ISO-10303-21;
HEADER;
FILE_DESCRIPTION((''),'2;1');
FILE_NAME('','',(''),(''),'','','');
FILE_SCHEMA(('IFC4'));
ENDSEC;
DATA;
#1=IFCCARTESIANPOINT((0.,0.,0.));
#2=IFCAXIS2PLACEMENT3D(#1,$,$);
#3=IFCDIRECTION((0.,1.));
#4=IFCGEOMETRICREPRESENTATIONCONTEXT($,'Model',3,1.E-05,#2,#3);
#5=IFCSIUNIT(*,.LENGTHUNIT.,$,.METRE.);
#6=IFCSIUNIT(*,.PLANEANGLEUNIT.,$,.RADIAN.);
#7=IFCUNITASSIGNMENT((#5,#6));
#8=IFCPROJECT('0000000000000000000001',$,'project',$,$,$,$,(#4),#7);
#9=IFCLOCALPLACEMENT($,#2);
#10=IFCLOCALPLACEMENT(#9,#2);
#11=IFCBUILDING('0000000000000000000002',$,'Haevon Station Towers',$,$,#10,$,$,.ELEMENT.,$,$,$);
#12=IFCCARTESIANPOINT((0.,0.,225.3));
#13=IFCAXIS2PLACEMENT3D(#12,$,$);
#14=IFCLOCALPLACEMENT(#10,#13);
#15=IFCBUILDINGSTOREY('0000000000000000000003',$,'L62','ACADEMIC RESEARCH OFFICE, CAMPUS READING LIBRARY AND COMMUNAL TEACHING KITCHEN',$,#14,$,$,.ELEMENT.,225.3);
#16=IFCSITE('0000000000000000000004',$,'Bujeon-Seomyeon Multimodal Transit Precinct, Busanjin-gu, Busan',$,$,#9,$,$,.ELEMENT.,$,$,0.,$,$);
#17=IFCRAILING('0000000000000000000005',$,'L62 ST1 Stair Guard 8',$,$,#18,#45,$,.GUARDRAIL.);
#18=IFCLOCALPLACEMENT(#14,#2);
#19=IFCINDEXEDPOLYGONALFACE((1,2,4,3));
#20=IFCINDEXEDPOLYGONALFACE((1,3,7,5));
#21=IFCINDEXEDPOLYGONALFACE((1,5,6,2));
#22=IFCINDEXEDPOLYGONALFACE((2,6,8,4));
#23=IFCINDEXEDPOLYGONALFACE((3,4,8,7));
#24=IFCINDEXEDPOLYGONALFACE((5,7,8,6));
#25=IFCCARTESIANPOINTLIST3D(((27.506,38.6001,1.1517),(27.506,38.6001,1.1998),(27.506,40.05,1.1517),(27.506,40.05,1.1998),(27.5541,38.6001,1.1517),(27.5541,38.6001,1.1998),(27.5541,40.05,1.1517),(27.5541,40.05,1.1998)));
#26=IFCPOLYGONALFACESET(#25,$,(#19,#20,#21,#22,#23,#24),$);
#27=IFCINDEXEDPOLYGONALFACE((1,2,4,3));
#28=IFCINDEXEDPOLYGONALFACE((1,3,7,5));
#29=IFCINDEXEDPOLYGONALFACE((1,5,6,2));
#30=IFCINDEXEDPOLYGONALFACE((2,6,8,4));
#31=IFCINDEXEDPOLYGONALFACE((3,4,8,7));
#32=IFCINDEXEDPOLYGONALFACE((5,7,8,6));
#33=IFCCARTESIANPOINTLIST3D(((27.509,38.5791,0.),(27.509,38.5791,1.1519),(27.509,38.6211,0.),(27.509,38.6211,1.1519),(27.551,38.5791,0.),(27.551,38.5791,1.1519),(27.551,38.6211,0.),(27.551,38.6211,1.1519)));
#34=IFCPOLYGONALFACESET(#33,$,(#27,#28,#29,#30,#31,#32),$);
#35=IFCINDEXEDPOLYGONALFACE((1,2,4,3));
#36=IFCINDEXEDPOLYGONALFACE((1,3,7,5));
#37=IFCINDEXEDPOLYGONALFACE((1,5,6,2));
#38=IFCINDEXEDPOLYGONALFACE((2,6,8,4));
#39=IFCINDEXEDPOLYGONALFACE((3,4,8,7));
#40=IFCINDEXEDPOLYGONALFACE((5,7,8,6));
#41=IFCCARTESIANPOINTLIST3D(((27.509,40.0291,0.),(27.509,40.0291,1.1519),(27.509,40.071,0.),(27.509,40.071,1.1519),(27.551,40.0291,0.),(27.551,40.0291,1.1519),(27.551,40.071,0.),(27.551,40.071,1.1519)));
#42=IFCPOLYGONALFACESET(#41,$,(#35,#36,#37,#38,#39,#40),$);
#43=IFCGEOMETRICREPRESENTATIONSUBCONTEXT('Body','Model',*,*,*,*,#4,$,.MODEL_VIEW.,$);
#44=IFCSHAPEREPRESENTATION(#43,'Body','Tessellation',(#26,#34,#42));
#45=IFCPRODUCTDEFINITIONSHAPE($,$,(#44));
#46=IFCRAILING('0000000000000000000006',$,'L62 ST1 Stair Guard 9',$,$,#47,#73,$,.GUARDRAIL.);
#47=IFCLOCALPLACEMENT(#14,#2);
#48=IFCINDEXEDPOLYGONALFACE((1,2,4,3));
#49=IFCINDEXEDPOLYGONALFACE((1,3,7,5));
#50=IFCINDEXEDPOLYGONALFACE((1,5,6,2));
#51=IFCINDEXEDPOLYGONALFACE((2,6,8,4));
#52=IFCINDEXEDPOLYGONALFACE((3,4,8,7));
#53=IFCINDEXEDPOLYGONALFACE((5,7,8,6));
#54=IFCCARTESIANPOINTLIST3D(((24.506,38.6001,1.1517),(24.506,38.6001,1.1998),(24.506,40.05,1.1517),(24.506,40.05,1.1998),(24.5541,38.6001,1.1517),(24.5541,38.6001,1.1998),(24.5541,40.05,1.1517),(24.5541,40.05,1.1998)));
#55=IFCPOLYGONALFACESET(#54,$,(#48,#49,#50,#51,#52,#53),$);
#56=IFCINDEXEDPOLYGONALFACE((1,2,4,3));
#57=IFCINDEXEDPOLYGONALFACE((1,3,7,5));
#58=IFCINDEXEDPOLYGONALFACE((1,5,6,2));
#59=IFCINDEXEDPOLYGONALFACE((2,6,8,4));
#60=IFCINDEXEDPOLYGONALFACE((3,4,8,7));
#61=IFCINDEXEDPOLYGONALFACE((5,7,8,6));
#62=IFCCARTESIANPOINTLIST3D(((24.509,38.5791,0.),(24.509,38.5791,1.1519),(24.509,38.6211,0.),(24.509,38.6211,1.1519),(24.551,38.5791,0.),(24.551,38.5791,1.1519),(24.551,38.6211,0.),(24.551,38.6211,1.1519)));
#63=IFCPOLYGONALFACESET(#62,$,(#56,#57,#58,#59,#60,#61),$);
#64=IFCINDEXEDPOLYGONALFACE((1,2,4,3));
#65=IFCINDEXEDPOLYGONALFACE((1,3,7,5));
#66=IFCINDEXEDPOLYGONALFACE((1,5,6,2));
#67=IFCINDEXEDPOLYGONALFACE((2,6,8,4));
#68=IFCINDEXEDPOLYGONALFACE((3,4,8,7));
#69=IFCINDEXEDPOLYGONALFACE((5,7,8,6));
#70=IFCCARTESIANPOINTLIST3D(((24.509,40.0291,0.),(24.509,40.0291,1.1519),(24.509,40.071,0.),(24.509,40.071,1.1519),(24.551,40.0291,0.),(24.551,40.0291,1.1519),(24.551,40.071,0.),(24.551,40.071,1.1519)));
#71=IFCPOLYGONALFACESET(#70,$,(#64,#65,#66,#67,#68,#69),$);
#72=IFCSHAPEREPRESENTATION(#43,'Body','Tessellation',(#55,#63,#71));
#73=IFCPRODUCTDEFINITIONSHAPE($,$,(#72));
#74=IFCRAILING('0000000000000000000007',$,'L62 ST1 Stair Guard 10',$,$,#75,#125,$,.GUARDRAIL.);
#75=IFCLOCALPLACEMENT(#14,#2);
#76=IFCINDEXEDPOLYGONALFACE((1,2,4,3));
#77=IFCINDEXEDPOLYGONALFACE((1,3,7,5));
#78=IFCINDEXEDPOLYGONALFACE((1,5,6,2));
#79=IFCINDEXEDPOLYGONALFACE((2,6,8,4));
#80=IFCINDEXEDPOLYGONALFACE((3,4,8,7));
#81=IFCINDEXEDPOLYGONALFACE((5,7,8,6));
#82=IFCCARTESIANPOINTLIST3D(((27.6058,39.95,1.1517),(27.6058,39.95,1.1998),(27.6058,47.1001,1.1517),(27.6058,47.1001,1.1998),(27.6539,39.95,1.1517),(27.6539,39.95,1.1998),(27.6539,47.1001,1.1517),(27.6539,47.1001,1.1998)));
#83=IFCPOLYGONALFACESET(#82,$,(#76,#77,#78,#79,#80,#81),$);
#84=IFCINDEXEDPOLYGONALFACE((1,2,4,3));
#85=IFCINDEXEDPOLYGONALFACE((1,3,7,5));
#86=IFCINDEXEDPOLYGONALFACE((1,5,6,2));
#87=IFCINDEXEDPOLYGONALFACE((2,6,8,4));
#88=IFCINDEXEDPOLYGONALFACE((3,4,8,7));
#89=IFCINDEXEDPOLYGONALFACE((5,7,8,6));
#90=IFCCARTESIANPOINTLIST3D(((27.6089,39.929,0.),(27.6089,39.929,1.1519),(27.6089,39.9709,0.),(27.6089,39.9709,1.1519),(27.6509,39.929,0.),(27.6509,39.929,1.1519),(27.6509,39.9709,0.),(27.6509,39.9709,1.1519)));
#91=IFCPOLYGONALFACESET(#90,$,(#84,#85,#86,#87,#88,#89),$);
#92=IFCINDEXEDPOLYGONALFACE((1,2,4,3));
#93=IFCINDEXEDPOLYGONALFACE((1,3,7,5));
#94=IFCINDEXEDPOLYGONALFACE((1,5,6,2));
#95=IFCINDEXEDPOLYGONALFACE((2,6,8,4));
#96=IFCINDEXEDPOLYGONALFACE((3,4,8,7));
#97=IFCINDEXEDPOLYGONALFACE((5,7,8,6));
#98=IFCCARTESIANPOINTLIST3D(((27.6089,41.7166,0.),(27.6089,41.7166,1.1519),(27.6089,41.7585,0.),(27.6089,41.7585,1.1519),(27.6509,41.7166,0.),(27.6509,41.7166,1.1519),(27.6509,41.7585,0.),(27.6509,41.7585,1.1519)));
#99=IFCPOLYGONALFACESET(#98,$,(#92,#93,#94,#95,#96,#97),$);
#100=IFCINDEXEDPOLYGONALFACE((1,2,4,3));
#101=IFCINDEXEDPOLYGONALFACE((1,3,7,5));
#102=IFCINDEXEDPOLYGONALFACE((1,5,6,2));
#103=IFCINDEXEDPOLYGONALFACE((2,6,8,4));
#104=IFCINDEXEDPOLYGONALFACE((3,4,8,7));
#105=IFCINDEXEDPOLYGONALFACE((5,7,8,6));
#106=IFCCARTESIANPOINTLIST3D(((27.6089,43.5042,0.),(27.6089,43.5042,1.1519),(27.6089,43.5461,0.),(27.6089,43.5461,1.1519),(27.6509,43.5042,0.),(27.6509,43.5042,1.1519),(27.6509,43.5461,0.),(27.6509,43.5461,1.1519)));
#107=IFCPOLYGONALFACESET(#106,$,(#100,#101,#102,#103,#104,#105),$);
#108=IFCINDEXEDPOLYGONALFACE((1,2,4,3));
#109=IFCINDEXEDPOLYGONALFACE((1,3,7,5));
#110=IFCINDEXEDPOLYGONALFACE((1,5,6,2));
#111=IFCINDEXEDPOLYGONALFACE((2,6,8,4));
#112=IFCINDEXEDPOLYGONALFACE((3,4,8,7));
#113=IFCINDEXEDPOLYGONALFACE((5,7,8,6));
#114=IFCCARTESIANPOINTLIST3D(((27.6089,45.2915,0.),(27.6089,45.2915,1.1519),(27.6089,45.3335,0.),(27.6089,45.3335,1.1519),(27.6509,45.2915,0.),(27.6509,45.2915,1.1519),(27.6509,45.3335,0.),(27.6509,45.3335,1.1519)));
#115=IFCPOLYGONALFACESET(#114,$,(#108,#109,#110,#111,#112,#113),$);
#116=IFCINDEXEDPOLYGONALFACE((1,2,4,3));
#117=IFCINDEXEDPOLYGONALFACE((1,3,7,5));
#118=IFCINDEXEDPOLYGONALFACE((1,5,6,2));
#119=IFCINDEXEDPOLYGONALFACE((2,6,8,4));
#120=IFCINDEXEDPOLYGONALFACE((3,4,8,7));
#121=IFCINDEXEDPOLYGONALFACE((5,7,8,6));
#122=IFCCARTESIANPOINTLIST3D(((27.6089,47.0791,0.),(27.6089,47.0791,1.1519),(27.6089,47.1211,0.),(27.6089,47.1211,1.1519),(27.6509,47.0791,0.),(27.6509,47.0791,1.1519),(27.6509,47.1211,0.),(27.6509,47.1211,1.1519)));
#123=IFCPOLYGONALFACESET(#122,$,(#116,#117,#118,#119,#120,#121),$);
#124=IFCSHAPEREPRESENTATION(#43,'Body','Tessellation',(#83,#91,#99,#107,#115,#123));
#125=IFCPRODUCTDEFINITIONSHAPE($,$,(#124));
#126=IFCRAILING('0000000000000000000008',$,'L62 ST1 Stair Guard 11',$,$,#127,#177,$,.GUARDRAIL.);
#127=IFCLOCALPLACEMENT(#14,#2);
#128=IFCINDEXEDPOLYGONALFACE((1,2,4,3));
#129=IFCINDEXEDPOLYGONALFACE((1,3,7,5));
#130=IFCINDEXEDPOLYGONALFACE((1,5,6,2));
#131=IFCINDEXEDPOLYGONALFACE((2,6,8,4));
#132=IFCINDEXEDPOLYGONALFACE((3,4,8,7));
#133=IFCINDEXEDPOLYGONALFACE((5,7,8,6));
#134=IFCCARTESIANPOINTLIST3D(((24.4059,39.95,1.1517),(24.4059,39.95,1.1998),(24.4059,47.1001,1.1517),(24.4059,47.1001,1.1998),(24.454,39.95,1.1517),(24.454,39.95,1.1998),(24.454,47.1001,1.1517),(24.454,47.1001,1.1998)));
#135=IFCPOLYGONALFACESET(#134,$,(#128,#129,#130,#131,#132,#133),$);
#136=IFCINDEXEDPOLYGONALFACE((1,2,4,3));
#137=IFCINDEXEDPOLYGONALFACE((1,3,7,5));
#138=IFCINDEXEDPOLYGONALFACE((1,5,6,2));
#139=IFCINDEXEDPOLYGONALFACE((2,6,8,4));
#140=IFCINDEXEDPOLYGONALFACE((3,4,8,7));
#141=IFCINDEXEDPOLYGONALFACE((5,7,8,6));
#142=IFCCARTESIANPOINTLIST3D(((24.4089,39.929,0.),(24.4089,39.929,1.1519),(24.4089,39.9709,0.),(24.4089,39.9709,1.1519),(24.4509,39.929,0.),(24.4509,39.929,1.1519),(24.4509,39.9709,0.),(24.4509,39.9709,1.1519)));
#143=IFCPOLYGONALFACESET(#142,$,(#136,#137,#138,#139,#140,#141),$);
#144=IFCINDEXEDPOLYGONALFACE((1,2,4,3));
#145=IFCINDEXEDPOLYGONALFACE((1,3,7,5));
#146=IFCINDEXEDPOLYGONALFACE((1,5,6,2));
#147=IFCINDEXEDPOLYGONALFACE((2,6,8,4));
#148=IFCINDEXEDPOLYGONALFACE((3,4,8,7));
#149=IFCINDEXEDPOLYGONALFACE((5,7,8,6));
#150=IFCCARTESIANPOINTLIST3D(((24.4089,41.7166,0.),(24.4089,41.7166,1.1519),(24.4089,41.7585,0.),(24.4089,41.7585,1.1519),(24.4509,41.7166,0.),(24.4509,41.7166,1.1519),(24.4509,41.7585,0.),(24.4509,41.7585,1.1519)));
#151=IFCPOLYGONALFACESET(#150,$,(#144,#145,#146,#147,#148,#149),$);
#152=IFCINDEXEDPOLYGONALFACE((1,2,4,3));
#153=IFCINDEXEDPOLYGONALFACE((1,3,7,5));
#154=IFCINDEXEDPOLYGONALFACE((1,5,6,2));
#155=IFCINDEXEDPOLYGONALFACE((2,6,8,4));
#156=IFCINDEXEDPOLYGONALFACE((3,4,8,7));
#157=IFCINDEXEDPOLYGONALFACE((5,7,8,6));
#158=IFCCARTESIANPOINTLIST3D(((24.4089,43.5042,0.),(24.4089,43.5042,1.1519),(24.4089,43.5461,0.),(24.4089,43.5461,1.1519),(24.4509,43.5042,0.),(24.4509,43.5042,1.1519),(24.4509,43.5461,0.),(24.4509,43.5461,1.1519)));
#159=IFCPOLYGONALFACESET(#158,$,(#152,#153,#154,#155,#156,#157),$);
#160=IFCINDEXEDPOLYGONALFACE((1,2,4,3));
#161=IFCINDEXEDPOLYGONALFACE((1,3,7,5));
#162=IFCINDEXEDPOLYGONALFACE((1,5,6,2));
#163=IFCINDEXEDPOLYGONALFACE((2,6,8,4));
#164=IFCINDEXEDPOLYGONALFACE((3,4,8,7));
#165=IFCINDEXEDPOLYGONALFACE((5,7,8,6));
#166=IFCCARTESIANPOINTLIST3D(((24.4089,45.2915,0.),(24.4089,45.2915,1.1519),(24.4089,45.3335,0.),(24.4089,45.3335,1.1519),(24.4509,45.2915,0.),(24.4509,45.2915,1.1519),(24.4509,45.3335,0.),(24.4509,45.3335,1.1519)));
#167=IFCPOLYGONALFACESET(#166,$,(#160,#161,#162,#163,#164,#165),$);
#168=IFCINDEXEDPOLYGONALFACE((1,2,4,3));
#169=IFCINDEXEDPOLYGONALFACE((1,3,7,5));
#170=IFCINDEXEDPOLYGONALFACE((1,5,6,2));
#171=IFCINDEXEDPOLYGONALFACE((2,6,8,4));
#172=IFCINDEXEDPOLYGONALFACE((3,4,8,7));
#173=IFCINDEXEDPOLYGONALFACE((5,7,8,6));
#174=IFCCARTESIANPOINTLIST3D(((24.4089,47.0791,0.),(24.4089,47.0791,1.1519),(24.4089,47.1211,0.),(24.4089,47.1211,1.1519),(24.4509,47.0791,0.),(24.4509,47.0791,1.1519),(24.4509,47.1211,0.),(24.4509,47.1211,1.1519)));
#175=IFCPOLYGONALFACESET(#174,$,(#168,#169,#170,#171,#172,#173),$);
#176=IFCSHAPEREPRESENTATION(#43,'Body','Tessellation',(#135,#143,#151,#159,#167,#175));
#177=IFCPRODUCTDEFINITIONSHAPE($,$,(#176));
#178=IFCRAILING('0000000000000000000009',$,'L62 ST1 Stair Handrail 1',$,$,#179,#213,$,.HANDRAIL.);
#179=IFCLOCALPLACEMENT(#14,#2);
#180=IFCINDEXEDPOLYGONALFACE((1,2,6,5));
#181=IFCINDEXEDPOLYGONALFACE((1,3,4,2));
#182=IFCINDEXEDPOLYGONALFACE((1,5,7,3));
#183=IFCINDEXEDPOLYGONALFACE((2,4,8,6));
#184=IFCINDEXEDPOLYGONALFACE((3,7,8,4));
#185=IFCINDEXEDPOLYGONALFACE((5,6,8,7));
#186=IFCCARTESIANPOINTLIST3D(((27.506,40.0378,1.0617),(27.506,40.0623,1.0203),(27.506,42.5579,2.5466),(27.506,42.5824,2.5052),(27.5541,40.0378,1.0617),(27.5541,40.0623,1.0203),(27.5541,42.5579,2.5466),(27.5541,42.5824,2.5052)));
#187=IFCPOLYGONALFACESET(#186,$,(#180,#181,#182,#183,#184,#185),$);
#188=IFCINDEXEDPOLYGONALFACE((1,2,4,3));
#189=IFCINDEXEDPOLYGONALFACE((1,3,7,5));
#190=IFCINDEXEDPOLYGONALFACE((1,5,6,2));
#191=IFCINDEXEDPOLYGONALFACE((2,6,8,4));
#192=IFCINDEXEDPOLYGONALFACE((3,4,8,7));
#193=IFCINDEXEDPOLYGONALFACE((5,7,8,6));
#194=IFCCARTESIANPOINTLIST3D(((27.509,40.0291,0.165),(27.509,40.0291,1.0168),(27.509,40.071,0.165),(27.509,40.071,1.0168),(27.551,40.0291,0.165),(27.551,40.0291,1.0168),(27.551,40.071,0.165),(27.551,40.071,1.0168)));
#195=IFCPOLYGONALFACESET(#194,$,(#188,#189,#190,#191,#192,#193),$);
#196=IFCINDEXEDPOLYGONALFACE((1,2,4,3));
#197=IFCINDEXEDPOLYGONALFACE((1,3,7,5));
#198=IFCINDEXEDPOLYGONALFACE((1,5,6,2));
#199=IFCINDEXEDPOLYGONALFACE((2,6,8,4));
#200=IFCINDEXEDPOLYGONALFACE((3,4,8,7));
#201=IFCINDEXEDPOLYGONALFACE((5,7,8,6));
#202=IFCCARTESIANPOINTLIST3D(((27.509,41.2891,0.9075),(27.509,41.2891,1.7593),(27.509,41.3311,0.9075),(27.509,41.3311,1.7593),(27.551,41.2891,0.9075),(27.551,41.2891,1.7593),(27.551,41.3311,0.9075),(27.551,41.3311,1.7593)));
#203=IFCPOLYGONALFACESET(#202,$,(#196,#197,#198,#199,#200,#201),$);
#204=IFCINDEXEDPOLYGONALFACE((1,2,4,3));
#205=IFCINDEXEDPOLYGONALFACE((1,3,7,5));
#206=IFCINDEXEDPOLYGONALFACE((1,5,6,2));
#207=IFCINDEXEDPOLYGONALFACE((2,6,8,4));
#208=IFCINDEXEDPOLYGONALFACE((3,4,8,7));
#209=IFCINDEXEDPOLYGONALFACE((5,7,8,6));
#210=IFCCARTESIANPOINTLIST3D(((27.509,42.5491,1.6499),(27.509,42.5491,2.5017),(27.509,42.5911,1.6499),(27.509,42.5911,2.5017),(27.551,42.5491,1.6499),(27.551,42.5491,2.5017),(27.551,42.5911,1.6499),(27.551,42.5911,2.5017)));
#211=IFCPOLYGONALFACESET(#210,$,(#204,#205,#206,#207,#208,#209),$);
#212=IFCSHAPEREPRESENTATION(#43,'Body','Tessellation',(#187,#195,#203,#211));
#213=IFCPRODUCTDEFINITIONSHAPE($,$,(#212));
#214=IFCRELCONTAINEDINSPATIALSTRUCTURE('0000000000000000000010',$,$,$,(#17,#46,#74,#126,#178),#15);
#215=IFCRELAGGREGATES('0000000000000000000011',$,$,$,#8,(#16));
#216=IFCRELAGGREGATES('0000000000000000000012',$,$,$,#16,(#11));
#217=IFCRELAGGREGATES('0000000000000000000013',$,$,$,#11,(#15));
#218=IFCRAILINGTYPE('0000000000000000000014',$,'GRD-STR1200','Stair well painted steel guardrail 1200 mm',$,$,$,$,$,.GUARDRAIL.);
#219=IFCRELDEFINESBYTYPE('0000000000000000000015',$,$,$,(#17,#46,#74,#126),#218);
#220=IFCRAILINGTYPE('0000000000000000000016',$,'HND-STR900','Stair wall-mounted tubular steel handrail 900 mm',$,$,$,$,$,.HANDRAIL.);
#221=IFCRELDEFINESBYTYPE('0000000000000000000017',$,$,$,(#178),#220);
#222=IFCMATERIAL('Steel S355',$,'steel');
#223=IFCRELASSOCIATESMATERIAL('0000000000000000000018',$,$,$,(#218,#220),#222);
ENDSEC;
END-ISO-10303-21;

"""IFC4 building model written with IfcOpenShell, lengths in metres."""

from ifc_helpers import new_model, si_unit, direction, frame, origin, origin_2d, place, context, subcontext, project, spatial, rectangle, extrude, material, type_object, element, save


model = new_model("IFC4")

# Units and contexts
model_context = context("Model", 3, precision=1e-05, world=origin(), true_north=direction((0.0, 1.0)))
body_context = subcontext(model_context, "Body", "Model", "MODEL_VIEW")
ifc_project = project(units=[si_unit("LENGTHUNIT", "METRE"), si_unit("PLANEANGLEUNIT", "RADIAN")], contexts=[model_context])

# Site, building, storey
site_placement = place(None, origin())
site = spatial("IfcSite", under=ifc_project, at=site_placement, Name="Bujeon-Seomyeon Multimodal Transit Precinct, Busanjin-gu, Busan", CompositionType="ELEMENT", RefElevation=0.0)
building_placement = place(site_placement, origin())
building = spatial("IfcBuilding", under=site, at=building_placement, Name="Haevon Station Towers", CompositionType="ELEMENT")
storey_placement = place(building_placement, frame((0.0, 0.0, 225.3)))
storey = spatial("IfcBuildingStorey", under=building, at=storey_placement, Name="L62", Description="ACADEMIC RESEARCH OFFICE, CAMPUS READING LIBRARY AND COMMUNAL TEACHING KITCHEN", CompositionType="ELEMENT", Elevation=225.3)

# Railings
ifc_material_1 = material(Name="Steel S355", Category="steel")
railing_type_1 = type_object("IfcRailingType", Name="GRD-STR1200", Description="Stair well painted steel guardrail 1200 mm", PredefinedType="GUARDRAIL", material=ifc_material_1)
for number, where, name in (
    (1, (27.53, 38.6001, 0.0), "L62 ST1 Stair Guard 8"),
    (2, (24.53, 38.6001, 0.0), "L62 ST1 Stair Guard 9"),
):
    element("IfcRailing", number, at=place(storey_placement, frame(where)), inside=storey, type_object=railing_type_1, Name=name, PredefinedType="GUARDRAIL", context=body_context, shape_type="SweptSolid", body=[
        extrude(rectangle(XDim=0.0481, YDim=0.0481, at=origin_2d()), frame((0.0, 0.0, 1.1758), z_axis=(0.0, 1.0, 0.0), x_axis=(-1.0, 0.0, 0.0)), (0.0, 0.0, 1.0), 1.45),
        extrude(rectangle(XDim=0.042, YDim=0.042, at=origin_2d()), origin(), (0.0, 0.0, 1.0), 1.1519),
        extrude(rectangle(XDim=0.042, YDim=0.042, at=origin_2d()), frame((0.0, 1.45, 0.0)), (0.0, 0.0, 1.0), 1.1519),
    ])
for number, where, name in (
    (3, (27.6299, 39.95, 0.0), "L62 ST1 Stair Guard 10"),
    (4, (24.4299, 39.95, 0.0), "L62 ST1 Stair Guard 11"),
):
    element("IfcRailing", number, at=place(storey_placement, frame(where)), inside=storey, type_object=railing_type_1, Name=name, PredefinedType="GUARDRAIL", context=body_context, shape_type="SweptSolid", body=[
        extrude(rectangle(XDim=0.0481, YDim=0.0481, at=origin_2d()), frame((0.0, 0.0, 1.1758), z_axis=(0.0, 1.0, 0.0), x_axis=(-1.0, 0.0, 0.0)), (0.0, 0.0, 1.0), 7.1501),
        extrude(rectangle(XDim=0.042, YDim=0.042, at=origin_2d()), origin(), (0.0, 0.0, 1.0), 1.1519),
        extrude(rectangle(XDim=0.042, YDim=0.042, at=origin_2d()), frame((0.0, 1.7876, 0.0)), (0.0, 0.0, 1.0), 1.1519),
        extrude(rectangle(XDim=0.042, YDim=0.042, at=origin_2d()), frame((0.0, 3.5752, 0.0)), (0.0, 0.0, 1.0), 1.1519),
        extrude(rectangle(XDim=0.042, YDim=0.042, at=origin_2d()), frame((0.0, 5.3625, 0.0)), (0.0, 0.0, 1.0), 1.1519),
        extrude(rectangle(XDim=0.042, YDim=0.042, at=origin_2d()), frame((0.0, 7.1501, 0.0)), (0.0, 0.0, 1.0), 1.1519),
    ])
railing_type_2 = type_object("IfcRailingType", Name="HND-STR900", Description="Stair wall-mounted tubular steel handrail 900 mm", PredefinedType="HANDRAIL", material=ifc_material_1)
railing_1_placement = place(storey_placement, frame((27.53, 40.05, 0.165)))
element("IfcRailing", 5, at=railing_1_placement, inside=storey, type_object=railing_type_2, Name="L62 ST1 Stair Handrail 1", PredefinedType="HANDRAIL", context=body_context, shape_type="SweptSolid", body=[
    extrude(rectangle(XDim=0.0481, YDim=0.0481, at=origin_2d()), frame((0.0, 0.0, 0.876), z_axis=(0.0, 0.861561, 0.507655), x_axis=(-1.0, 0.0, 0.0)), (0.0, 0.0, 1.0), 2.925),
    extrude(rectangle(XDim=0.042, YDim=0.042, at=origin_2d()), origin(), (0.0, 0.0, 1.0), 0.8518),
    extrude(rectangle(XDim=0.042, YDim=0.042, at=origin_2d()), frame((0.0, 1.26, 0.7424)), (0.0, 0.0, 1.0), 0.8518),
    extrude(rectangle(XDim=0.042, YDim=0.042, at=origin_2d()), frame((0.0, 2.52, 1.4849)), (0.0, 0.0, 1.0), 0.8518),
])

save(model, "model.ifc")
